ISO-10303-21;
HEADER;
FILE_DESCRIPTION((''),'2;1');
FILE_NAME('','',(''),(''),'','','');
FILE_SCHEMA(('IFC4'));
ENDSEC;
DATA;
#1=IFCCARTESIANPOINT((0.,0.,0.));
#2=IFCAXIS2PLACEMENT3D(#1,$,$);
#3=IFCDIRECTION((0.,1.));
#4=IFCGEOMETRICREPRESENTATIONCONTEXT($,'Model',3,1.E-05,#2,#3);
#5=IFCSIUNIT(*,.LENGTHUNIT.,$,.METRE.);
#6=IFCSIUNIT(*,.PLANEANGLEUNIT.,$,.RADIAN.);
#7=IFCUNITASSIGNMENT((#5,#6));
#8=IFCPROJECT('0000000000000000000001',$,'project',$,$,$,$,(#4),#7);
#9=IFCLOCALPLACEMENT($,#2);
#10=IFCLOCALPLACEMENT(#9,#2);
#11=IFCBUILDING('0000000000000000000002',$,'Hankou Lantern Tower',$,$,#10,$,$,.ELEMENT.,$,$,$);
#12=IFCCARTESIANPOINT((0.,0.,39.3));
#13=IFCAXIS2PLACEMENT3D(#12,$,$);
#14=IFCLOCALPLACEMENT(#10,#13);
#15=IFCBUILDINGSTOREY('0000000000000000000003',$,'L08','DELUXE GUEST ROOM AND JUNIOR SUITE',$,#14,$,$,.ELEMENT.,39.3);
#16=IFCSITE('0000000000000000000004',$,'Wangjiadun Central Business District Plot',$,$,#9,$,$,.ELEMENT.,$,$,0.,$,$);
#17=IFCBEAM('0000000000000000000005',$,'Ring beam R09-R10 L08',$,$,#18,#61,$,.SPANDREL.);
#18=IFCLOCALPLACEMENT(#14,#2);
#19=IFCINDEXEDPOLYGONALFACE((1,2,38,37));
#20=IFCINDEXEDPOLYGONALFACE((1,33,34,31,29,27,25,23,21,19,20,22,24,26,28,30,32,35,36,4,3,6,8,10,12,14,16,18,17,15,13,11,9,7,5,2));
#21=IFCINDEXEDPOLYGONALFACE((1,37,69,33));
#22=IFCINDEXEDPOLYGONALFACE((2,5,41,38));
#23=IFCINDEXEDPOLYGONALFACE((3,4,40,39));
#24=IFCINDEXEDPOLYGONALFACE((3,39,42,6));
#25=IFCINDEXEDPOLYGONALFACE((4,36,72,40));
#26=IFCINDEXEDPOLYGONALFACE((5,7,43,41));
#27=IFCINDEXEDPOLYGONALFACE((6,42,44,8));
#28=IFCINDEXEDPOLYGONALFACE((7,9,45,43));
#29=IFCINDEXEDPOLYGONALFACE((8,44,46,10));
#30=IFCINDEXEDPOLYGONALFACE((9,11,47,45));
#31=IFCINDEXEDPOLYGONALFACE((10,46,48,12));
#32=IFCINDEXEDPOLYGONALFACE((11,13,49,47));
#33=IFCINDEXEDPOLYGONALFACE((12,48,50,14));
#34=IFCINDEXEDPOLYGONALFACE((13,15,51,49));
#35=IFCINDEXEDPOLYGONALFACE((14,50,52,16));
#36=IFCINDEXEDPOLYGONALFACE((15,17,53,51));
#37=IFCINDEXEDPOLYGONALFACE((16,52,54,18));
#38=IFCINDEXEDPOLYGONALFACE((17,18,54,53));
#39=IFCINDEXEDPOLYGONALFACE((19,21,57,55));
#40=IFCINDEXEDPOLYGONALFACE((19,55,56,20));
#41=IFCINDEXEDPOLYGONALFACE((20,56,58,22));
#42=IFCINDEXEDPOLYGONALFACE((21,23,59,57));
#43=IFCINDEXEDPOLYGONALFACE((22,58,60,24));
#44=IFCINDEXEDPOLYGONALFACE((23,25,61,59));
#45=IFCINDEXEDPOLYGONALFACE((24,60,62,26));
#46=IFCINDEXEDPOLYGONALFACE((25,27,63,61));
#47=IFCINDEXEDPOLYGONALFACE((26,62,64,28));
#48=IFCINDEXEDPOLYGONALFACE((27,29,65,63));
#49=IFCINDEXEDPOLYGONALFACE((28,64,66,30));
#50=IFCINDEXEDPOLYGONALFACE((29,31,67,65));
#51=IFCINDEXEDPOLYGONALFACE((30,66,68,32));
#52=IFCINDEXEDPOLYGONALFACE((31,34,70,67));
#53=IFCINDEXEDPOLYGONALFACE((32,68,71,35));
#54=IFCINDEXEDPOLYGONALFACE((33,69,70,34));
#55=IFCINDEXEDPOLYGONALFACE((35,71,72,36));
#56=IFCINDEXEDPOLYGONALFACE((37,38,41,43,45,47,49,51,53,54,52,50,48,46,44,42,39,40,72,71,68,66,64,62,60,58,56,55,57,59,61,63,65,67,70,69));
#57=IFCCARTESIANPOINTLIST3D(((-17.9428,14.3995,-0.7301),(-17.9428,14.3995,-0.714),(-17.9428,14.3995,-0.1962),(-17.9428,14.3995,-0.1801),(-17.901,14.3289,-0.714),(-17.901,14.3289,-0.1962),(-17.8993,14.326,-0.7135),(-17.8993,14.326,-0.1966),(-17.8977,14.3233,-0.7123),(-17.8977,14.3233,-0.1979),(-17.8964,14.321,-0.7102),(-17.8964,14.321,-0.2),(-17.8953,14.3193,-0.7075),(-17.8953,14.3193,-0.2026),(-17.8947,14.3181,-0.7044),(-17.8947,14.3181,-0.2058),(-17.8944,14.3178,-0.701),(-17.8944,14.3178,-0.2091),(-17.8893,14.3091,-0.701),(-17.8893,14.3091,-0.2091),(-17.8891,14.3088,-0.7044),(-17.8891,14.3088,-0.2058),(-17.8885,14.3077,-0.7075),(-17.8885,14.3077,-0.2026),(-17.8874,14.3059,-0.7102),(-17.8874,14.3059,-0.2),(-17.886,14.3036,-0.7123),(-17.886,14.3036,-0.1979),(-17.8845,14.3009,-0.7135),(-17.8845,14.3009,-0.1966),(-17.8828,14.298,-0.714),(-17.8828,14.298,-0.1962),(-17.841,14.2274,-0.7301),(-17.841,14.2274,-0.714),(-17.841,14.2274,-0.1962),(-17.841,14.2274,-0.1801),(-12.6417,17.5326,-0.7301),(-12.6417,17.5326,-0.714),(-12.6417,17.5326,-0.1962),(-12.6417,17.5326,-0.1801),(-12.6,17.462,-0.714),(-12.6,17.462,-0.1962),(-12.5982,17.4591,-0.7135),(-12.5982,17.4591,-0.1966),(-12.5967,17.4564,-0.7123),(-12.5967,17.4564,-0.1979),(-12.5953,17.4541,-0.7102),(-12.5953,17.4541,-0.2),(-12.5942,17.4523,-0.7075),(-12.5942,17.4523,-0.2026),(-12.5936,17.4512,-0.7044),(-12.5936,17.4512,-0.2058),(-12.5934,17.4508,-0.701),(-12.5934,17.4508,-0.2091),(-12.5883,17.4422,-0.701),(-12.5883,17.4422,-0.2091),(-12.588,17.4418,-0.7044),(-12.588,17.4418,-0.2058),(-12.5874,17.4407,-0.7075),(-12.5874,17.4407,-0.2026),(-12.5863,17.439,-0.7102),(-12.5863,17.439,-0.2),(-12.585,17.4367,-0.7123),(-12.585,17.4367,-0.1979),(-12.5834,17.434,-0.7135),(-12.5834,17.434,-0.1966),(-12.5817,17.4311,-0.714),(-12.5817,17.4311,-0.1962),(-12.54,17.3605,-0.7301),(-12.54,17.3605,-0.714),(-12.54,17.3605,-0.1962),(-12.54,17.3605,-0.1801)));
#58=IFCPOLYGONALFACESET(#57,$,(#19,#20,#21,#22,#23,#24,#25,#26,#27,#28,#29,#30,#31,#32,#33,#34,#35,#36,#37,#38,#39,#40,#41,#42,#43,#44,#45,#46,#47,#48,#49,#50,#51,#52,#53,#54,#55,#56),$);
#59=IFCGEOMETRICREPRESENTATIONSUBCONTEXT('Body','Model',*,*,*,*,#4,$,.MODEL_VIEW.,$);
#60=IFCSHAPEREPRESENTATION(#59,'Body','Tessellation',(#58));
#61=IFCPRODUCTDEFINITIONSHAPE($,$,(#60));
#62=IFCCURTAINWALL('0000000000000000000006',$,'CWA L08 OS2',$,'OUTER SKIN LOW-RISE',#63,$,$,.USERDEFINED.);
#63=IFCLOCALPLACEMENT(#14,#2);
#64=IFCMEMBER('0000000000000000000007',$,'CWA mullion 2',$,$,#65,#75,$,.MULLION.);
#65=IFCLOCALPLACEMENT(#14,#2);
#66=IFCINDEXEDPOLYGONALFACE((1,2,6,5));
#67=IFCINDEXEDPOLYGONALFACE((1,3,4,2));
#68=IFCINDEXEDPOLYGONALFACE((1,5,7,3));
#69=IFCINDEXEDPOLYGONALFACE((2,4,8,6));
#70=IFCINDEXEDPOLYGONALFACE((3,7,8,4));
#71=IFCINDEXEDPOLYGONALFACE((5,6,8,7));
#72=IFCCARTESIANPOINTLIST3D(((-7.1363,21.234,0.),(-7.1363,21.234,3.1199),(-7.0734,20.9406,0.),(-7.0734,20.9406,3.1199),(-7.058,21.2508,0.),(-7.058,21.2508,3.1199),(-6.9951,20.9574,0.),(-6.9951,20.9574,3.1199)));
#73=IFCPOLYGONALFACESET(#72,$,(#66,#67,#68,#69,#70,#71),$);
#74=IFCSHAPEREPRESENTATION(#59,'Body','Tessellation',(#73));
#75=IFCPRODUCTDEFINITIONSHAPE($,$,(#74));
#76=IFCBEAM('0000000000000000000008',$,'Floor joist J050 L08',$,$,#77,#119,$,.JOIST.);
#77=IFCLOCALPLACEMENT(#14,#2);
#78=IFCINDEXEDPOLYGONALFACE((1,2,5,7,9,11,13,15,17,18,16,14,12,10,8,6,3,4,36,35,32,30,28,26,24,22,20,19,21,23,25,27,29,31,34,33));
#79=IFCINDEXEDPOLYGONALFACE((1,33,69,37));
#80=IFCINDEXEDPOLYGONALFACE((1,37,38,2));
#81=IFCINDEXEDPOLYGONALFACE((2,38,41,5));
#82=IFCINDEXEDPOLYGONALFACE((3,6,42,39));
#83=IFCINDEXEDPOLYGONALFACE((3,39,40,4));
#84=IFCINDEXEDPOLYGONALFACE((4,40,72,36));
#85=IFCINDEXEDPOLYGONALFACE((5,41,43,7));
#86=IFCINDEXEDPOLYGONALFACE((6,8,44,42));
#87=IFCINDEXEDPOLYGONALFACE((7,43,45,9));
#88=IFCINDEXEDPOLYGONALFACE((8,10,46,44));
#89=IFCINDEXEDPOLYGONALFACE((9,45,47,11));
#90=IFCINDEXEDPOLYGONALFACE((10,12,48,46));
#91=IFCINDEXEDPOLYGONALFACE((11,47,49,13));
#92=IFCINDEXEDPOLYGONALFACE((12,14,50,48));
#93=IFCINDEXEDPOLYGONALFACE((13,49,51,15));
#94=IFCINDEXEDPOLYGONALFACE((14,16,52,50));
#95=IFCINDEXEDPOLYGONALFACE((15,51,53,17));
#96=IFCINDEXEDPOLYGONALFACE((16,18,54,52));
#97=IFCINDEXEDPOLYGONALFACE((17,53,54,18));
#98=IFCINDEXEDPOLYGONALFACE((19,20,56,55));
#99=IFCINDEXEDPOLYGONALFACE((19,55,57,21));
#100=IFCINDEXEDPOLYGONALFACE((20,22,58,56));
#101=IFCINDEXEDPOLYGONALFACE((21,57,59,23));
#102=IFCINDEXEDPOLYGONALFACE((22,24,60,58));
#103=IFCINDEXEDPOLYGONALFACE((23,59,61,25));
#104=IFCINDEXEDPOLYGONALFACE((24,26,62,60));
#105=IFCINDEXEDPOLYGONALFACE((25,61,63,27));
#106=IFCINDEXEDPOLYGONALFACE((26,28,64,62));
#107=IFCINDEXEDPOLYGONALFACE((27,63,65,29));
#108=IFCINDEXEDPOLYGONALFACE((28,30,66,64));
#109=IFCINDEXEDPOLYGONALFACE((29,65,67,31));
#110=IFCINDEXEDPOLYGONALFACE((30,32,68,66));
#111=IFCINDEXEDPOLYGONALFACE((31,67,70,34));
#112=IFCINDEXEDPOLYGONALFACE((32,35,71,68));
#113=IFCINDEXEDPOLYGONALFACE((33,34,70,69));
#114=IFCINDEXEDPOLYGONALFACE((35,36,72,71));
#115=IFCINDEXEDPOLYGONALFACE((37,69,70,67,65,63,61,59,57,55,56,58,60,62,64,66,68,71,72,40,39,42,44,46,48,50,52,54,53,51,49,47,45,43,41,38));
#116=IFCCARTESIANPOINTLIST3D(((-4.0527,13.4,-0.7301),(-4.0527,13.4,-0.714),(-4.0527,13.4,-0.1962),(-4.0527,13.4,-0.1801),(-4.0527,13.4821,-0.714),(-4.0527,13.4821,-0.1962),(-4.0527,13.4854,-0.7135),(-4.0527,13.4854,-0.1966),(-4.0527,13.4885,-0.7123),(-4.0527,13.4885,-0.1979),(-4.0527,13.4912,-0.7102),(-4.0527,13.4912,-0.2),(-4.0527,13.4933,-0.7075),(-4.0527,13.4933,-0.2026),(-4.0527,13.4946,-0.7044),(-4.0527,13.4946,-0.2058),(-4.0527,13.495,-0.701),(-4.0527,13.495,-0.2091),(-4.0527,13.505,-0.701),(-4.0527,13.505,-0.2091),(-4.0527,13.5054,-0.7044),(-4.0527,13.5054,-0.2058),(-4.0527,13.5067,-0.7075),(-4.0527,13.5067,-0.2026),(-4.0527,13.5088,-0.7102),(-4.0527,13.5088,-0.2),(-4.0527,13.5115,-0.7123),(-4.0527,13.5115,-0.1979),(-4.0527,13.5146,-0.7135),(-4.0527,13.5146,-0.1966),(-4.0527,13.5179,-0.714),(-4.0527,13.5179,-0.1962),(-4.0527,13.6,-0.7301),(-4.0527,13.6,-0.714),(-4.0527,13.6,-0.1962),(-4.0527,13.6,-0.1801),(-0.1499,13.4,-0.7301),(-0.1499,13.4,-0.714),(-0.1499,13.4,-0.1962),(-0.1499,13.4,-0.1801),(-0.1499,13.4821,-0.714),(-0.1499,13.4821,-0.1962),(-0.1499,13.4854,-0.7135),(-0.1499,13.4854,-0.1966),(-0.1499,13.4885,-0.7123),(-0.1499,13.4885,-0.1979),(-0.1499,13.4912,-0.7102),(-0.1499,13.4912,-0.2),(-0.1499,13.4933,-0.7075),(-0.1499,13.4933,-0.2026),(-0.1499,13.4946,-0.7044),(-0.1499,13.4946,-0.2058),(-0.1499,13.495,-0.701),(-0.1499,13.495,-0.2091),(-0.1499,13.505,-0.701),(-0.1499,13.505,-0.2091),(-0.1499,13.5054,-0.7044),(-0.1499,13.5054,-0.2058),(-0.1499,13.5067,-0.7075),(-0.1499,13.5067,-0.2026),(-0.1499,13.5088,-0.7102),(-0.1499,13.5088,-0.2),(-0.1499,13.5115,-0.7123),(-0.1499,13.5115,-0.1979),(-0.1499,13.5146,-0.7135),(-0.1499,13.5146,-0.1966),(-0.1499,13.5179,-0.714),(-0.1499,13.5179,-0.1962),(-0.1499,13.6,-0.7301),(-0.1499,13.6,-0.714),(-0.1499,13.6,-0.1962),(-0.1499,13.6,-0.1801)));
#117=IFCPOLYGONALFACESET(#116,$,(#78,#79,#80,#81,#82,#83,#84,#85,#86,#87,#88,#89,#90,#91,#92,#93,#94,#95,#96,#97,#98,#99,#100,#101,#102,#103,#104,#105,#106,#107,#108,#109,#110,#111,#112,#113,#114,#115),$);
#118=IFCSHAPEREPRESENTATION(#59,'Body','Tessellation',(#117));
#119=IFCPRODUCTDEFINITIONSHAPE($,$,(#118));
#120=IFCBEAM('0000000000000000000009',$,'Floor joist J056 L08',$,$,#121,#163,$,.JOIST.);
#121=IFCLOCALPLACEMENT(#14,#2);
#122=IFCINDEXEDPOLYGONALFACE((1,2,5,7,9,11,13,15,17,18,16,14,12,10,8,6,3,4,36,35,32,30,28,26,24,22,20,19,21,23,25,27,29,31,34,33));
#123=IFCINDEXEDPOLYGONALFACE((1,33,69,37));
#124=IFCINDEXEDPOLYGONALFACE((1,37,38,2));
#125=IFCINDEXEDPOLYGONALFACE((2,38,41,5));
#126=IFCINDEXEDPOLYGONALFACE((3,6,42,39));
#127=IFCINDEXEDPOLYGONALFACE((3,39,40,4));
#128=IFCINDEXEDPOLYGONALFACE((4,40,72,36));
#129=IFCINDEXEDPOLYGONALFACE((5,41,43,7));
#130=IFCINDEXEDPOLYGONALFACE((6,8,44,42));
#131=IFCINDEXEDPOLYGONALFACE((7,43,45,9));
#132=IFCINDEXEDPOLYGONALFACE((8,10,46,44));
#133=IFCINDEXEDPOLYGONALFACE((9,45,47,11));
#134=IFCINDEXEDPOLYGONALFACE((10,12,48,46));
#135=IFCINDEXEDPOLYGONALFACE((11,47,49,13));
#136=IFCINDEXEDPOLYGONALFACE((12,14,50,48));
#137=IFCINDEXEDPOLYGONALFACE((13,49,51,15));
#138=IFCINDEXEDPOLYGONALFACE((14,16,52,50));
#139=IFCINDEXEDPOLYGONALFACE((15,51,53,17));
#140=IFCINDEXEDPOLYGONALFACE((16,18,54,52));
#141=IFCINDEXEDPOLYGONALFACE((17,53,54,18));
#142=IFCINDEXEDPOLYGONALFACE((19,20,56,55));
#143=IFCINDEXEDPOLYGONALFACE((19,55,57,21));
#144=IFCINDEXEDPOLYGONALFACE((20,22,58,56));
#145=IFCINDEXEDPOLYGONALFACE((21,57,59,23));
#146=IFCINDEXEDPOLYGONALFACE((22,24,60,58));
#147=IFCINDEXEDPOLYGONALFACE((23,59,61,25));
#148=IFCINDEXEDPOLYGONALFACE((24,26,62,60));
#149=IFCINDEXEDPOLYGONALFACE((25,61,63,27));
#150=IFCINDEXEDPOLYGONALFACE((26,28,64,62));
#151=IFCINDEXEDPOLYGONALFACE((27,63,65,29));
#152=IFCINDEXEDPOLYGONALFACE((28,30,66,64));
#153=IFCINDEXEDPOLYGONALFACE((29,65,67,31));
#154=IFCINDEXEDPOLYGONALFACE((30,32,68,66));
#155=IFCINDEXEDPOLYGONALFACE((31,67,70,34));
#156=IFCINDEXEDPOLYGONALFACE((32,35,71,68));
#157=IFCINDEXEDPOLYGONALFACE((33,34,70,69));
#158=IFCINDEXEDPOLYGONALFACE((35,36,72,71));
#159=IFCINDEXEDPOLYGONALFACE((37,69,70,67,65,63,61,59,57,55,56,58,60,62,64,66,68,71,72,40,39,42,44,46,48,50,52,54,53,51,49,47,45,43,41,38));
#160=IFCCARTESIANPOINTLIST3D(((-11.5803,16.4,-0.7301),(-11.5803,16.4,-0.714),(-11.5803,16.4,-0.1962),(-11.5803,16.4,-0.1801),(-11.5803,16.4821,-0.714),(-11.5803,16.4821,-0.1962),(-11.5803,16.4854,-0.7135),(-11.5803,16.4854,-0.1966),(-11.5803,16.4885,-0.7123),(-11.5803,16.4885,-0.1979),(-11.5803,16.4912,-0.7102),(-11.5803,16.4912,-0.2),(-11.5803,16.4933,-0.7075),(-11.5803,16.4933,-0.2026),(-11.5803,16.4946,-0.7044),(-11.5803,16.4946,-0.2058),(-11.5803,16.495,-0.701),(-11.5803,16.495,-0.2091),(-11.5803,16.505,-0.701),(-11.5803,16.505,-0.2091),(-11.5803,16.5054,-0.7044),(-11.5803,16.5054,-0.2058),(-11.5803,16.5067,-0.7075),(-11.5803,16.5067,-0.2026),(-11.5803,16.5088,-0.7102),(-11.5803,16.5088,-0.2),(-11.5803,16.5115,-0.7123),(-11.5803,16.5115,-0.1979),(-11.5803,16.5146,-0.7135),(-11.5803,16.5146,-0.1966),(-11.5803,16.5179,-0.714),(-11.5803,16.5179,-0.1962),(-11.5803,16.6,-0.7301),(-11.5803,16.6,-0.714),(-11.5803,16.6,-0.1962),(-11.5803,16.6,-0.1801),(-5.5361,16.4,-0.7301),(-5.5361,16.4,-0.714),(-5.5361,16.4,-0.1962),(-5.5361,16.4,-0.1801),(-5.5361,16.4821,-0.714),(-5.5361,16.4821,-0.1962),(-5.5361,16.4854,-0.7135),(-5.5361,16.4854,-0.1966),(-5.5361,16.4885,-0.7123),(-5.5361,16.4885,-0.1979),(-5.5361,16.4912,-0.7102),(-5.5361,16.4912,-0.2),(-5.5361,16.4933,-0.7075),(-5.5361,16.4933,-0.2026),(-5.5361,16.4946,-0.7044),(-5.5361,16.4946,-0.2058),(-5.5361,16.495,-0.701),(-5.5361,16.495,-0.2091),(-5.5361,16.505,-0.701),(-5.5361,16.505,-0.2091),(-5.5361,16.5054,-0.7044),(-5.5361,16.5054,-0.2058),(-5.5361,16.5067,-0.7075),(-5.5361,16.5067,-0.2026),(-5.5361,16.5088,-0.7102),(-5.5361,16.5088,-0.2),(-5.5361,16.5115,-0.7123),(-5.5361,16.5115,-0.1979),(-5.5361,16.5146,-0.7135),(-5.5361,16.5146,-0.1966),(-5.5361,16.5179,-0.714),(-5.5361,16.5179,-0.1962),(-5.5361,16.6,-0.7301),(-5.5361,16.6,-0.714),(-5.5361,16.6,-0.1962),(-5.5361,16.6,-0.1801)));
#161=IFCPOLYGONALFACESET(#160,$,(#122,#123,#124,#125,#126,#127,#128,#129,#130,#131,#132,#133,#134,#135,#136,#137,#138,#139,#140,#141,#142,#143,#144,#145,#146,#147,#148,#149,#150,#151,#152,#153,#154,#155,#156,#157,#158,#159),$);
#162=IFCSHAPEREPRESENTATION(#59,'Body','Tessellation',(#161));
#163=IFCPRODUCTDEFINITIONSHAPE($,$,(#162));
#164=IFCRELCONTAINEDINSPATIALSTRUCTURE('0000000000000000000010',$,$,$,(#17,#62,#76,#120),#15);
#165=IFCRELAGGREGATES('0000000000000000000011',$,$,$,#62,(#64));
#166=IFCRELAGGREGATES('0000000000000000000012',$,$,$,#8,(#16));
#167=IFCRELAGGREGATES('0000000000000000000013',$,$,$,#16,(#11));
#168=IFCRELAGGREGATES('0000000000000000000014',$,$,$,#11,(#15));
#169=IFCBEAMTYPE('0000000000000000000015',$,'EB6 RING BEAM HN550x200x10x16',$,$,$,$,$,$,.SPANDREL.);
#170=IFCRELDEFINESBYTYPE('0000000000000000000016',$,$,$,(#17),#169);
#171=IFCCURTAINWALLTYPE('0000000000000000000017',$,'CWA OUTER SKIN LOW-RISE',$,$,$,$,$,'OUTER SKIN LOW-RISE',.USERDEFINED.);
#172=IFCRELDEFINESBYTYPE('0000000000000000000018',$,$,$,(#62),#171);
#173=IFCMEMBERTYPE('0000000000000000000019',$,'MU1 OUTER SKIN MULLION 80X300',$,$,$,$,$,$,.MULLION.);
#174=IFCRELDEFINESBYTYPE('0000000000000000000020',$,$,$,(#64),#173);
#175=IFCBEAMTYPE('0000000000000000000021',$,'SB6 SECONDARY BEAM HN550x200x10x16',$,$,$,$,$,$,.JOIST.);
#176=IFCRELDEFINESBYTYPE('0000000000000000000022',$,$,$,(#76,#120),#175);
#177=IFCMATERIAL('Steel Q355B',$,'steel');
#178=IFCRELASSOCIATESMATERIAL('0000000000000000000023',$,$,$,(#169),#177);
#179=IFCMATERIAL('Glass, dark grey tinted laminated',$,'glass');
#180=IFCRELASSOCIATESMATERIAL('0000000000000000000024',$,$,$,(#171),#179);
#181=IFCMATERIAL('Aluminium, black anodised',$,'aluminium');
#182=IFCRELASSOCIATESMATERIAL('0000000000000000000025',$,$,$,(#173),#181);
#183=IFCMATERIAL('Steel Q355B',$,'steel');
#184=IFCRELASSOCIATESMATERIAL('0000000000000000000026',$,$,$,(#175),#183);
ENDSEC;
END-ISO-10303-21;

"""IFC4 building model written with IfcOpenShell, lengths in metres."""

from ifc_helpers import new_model, si_unit, direction, frame, origin, origin_2d, place, context, subcontext, project, spatial, rectangle, i_section, extrude, material, material_profile, profile_set, type_object, element, aggregate, save


model = new_model("IFC4")

# Units and contexts
model_context = context("Model", 3, precision=1e-05, world=origin(), true_north=direction((0.0, 1.0)))
body_context = subcontext(model_context, "Body", "Model", "MODEL_VIEW")
ifc_project = project(units=[si_unit("LENGTHUNIT", "METRE"), si_unit("PLANEANGLEUNIT", "RADIAN")], contexts=[model_context])

# Site, building, storey
site_placement = place(None, origin())
site = spatial("IfcSite", under=ifc_project, at=site_placement, Name="Wangjiadun Central Business District Plot", CompositionType="ELEMENT", RefElevation=0.0)
building_placement = place(site_placement, origin())
building = spatial("IfcBuilding", under=site, at=building_placement, Name="Hankou Lantern Tower", CompositionType="ELEMENT")
storey_placement = place(building_placement, frame((0.0, 0.0, 39.3)))
storey = spatial("IfcBuildingStorey", under=building, at=storey_placement, Name="L08", Description="DELUXE GUEST ROOM AND JUNIOR SUITE", CompositionType="ELEMENT", Elevation=39.3)

# Beam
ifc_material_1 = material(Name="Steel Q355B", Category="steel")
ifc_material_profile_1 = material_profile(ifc_material_1, i_section(OverallWidth=0.2, OverallDepth=0.55, WebThickness=0.01, FlangeThickness=0.0161, FilletRadius=0.0129, at=origin_2d()), Name="HN550x200x10x16")
ifc_profile_set_1 = profile_set([ifc_material_profile_1], Name="Steel Q355B")
beam_type_1 = type_object("IfcBeamType", Name="EB6 RING BEAM HN550x200x10x16", PredefinedType="SPANDREL", material=ifc_profile_set_1)
beam_1_placement = place(storey_placement, frame((-12.5908, 17.4465, -0.4551), z_axis=(-0.860882, -0.508805, 0.0), x_axis=(0.508805, -0.860882, 0.0)))
element("IfcBeam", 1, at=beam_1_placement, inside=storey, type_object=beam_type_1, Name="Ring beam R09-R10 L08", PredefinedType="SPANDREL", context=body_context, shape_type="SweptSolid", body=[
    extrude(i_section(OverallWidth=0.2, OverallDepth=0.55, WebThickness=0.01, FlangeThickness=0.0161, FilletRadius=0.0129, at=origin_2d()), origin(), (0.0, 0.0, 1.0), 6.1577),
])

# Curtain wall, member
ifc_material_2 = material(Name="Glass, dark grey tinted laminated", Category="glass")
curtain_wall_type = type_object("IfcCurtainWallType", Name="CWA OUTER SKIN LOW-RISE", ElementType="OUTER SKIN LOW-RISE", PredefinedType="USERDEFINED", material=ifc_material_2)
curtain_wall_placement = place(storey_placement, origin())
curtain_wall = element("IfcCurtainWall", 2, at=curtain_wall_placement, inside=storey, type_object=curtain_wall_type, Name="CWA L08 OS2", ObjectType="OUTER SKIN LOW-RISE", PredefinedType="USERDEFINED")
ifc_material_3 = material(Name="Aluminium, black anodised", Category="aluminium")
ifc_material_profile_2 = material_profile(ifc_material_3, rectangle(XDim=0.0801, YDim=0.3, at=origin_2d()), Name="MU1 80X300")
ifc_profile_set_2 = profile_set([ifc_material_profile_2], Name="Aluminium, black anodised")
member_type_1 = type_object("IfcMemberType", Name="MU1 OUTER SKIN MULLION 80X300", PredefinedType="MULLION", material=ifc_profile_set_2)
member_1_placement = place(storey_placement, frame((-7.0657, 21.0957, 0.0), z_axis=(0.0, 0.0, 1.0), x_axis=(-0.977788, -0.209598, 0.0)))
member_1 = element("IfcMember", 3, at=member_1_placement, type_object=member_type_1, Name="CWA mullion 2", PredefinedType="MULLION", context=body_context, shape_type="SweptSolid", body=[
    extrude(rectangle(XDim=0.0801, YDim=0.3, at=origin_2d()), origin(), (0.0, 0.0, 1.0), 3.1199),
])

# Beams
ifc_material_4 = material(Name="Steel Q355B", Category="steel")
ifc_material_profile_3 = material_profile(ifc_material_4, i_section(OverallWidth=0.2, OverallDepth=0.55, WebThickness=0.01, FlangeThickness=0.0161, FilletRadius=0.0129, at=origin_2d()), Name="HN550x200x10x16")
ifc_profile_set_3 = profile_set([ifc_material_profile_3], Name="Steel Q355B")
beam_type_2 = type_object("IfcBeamType", Name="SB6 SECONDARY BEAM HN550x200x10x16", PredefinedType="JOIST", material=ifc_profile_set_3)
beam_2_placement = place(storey_placement, frame((-4.0527, 13.5, -0.4551), z_axis=(1.0, 0.0, 0.0), x_axis=(0.0, 1.0, 0.0)))
element("IfcBeam", 4, at=beam_2_placement, inside=storey, type_object=beam_type_2, Name="Floor joist J050 L08", PredefinedType="JOIST", context=body_context, shape_type="SweptSolid", body=[
    extrude(i_section(OverallWidth=0.2, OverallDepth=0.55, WebThickness=0.01, FlangeThickness=0.0161, FilletRadius=0.0129, at=origin_2d()), origin(), (0.0, 0.0, 1.0), 3.9028),
])
beam_3_placement = place(storey_placement, frame((-11.5803, 16.5, -0.4551), z_axis=(1.0, 0.0, 0.0), x_axis=(0.0, 1.0, 0.0)))
element("IfcBeam", 5, at=beam_3_placement, inside=storey, type_object=beam_type_2, Name="Floor joist J056 L08", PredefinedType="JOIST", context=body_context, shape_type="SweptSolid", body=[
    extrude(i_section(OverallWidth=0.2, OverallDepth=0.55, WebThickness=0.01, FlangeThickness=0.0161, FilletRadius=0.0129, at=origin_2d()), origin(), (0.0, 0.0, 1.0), 6.0442),
])

aggregate(curtain_wall, [member_1])

save(model, "model.ifc")
